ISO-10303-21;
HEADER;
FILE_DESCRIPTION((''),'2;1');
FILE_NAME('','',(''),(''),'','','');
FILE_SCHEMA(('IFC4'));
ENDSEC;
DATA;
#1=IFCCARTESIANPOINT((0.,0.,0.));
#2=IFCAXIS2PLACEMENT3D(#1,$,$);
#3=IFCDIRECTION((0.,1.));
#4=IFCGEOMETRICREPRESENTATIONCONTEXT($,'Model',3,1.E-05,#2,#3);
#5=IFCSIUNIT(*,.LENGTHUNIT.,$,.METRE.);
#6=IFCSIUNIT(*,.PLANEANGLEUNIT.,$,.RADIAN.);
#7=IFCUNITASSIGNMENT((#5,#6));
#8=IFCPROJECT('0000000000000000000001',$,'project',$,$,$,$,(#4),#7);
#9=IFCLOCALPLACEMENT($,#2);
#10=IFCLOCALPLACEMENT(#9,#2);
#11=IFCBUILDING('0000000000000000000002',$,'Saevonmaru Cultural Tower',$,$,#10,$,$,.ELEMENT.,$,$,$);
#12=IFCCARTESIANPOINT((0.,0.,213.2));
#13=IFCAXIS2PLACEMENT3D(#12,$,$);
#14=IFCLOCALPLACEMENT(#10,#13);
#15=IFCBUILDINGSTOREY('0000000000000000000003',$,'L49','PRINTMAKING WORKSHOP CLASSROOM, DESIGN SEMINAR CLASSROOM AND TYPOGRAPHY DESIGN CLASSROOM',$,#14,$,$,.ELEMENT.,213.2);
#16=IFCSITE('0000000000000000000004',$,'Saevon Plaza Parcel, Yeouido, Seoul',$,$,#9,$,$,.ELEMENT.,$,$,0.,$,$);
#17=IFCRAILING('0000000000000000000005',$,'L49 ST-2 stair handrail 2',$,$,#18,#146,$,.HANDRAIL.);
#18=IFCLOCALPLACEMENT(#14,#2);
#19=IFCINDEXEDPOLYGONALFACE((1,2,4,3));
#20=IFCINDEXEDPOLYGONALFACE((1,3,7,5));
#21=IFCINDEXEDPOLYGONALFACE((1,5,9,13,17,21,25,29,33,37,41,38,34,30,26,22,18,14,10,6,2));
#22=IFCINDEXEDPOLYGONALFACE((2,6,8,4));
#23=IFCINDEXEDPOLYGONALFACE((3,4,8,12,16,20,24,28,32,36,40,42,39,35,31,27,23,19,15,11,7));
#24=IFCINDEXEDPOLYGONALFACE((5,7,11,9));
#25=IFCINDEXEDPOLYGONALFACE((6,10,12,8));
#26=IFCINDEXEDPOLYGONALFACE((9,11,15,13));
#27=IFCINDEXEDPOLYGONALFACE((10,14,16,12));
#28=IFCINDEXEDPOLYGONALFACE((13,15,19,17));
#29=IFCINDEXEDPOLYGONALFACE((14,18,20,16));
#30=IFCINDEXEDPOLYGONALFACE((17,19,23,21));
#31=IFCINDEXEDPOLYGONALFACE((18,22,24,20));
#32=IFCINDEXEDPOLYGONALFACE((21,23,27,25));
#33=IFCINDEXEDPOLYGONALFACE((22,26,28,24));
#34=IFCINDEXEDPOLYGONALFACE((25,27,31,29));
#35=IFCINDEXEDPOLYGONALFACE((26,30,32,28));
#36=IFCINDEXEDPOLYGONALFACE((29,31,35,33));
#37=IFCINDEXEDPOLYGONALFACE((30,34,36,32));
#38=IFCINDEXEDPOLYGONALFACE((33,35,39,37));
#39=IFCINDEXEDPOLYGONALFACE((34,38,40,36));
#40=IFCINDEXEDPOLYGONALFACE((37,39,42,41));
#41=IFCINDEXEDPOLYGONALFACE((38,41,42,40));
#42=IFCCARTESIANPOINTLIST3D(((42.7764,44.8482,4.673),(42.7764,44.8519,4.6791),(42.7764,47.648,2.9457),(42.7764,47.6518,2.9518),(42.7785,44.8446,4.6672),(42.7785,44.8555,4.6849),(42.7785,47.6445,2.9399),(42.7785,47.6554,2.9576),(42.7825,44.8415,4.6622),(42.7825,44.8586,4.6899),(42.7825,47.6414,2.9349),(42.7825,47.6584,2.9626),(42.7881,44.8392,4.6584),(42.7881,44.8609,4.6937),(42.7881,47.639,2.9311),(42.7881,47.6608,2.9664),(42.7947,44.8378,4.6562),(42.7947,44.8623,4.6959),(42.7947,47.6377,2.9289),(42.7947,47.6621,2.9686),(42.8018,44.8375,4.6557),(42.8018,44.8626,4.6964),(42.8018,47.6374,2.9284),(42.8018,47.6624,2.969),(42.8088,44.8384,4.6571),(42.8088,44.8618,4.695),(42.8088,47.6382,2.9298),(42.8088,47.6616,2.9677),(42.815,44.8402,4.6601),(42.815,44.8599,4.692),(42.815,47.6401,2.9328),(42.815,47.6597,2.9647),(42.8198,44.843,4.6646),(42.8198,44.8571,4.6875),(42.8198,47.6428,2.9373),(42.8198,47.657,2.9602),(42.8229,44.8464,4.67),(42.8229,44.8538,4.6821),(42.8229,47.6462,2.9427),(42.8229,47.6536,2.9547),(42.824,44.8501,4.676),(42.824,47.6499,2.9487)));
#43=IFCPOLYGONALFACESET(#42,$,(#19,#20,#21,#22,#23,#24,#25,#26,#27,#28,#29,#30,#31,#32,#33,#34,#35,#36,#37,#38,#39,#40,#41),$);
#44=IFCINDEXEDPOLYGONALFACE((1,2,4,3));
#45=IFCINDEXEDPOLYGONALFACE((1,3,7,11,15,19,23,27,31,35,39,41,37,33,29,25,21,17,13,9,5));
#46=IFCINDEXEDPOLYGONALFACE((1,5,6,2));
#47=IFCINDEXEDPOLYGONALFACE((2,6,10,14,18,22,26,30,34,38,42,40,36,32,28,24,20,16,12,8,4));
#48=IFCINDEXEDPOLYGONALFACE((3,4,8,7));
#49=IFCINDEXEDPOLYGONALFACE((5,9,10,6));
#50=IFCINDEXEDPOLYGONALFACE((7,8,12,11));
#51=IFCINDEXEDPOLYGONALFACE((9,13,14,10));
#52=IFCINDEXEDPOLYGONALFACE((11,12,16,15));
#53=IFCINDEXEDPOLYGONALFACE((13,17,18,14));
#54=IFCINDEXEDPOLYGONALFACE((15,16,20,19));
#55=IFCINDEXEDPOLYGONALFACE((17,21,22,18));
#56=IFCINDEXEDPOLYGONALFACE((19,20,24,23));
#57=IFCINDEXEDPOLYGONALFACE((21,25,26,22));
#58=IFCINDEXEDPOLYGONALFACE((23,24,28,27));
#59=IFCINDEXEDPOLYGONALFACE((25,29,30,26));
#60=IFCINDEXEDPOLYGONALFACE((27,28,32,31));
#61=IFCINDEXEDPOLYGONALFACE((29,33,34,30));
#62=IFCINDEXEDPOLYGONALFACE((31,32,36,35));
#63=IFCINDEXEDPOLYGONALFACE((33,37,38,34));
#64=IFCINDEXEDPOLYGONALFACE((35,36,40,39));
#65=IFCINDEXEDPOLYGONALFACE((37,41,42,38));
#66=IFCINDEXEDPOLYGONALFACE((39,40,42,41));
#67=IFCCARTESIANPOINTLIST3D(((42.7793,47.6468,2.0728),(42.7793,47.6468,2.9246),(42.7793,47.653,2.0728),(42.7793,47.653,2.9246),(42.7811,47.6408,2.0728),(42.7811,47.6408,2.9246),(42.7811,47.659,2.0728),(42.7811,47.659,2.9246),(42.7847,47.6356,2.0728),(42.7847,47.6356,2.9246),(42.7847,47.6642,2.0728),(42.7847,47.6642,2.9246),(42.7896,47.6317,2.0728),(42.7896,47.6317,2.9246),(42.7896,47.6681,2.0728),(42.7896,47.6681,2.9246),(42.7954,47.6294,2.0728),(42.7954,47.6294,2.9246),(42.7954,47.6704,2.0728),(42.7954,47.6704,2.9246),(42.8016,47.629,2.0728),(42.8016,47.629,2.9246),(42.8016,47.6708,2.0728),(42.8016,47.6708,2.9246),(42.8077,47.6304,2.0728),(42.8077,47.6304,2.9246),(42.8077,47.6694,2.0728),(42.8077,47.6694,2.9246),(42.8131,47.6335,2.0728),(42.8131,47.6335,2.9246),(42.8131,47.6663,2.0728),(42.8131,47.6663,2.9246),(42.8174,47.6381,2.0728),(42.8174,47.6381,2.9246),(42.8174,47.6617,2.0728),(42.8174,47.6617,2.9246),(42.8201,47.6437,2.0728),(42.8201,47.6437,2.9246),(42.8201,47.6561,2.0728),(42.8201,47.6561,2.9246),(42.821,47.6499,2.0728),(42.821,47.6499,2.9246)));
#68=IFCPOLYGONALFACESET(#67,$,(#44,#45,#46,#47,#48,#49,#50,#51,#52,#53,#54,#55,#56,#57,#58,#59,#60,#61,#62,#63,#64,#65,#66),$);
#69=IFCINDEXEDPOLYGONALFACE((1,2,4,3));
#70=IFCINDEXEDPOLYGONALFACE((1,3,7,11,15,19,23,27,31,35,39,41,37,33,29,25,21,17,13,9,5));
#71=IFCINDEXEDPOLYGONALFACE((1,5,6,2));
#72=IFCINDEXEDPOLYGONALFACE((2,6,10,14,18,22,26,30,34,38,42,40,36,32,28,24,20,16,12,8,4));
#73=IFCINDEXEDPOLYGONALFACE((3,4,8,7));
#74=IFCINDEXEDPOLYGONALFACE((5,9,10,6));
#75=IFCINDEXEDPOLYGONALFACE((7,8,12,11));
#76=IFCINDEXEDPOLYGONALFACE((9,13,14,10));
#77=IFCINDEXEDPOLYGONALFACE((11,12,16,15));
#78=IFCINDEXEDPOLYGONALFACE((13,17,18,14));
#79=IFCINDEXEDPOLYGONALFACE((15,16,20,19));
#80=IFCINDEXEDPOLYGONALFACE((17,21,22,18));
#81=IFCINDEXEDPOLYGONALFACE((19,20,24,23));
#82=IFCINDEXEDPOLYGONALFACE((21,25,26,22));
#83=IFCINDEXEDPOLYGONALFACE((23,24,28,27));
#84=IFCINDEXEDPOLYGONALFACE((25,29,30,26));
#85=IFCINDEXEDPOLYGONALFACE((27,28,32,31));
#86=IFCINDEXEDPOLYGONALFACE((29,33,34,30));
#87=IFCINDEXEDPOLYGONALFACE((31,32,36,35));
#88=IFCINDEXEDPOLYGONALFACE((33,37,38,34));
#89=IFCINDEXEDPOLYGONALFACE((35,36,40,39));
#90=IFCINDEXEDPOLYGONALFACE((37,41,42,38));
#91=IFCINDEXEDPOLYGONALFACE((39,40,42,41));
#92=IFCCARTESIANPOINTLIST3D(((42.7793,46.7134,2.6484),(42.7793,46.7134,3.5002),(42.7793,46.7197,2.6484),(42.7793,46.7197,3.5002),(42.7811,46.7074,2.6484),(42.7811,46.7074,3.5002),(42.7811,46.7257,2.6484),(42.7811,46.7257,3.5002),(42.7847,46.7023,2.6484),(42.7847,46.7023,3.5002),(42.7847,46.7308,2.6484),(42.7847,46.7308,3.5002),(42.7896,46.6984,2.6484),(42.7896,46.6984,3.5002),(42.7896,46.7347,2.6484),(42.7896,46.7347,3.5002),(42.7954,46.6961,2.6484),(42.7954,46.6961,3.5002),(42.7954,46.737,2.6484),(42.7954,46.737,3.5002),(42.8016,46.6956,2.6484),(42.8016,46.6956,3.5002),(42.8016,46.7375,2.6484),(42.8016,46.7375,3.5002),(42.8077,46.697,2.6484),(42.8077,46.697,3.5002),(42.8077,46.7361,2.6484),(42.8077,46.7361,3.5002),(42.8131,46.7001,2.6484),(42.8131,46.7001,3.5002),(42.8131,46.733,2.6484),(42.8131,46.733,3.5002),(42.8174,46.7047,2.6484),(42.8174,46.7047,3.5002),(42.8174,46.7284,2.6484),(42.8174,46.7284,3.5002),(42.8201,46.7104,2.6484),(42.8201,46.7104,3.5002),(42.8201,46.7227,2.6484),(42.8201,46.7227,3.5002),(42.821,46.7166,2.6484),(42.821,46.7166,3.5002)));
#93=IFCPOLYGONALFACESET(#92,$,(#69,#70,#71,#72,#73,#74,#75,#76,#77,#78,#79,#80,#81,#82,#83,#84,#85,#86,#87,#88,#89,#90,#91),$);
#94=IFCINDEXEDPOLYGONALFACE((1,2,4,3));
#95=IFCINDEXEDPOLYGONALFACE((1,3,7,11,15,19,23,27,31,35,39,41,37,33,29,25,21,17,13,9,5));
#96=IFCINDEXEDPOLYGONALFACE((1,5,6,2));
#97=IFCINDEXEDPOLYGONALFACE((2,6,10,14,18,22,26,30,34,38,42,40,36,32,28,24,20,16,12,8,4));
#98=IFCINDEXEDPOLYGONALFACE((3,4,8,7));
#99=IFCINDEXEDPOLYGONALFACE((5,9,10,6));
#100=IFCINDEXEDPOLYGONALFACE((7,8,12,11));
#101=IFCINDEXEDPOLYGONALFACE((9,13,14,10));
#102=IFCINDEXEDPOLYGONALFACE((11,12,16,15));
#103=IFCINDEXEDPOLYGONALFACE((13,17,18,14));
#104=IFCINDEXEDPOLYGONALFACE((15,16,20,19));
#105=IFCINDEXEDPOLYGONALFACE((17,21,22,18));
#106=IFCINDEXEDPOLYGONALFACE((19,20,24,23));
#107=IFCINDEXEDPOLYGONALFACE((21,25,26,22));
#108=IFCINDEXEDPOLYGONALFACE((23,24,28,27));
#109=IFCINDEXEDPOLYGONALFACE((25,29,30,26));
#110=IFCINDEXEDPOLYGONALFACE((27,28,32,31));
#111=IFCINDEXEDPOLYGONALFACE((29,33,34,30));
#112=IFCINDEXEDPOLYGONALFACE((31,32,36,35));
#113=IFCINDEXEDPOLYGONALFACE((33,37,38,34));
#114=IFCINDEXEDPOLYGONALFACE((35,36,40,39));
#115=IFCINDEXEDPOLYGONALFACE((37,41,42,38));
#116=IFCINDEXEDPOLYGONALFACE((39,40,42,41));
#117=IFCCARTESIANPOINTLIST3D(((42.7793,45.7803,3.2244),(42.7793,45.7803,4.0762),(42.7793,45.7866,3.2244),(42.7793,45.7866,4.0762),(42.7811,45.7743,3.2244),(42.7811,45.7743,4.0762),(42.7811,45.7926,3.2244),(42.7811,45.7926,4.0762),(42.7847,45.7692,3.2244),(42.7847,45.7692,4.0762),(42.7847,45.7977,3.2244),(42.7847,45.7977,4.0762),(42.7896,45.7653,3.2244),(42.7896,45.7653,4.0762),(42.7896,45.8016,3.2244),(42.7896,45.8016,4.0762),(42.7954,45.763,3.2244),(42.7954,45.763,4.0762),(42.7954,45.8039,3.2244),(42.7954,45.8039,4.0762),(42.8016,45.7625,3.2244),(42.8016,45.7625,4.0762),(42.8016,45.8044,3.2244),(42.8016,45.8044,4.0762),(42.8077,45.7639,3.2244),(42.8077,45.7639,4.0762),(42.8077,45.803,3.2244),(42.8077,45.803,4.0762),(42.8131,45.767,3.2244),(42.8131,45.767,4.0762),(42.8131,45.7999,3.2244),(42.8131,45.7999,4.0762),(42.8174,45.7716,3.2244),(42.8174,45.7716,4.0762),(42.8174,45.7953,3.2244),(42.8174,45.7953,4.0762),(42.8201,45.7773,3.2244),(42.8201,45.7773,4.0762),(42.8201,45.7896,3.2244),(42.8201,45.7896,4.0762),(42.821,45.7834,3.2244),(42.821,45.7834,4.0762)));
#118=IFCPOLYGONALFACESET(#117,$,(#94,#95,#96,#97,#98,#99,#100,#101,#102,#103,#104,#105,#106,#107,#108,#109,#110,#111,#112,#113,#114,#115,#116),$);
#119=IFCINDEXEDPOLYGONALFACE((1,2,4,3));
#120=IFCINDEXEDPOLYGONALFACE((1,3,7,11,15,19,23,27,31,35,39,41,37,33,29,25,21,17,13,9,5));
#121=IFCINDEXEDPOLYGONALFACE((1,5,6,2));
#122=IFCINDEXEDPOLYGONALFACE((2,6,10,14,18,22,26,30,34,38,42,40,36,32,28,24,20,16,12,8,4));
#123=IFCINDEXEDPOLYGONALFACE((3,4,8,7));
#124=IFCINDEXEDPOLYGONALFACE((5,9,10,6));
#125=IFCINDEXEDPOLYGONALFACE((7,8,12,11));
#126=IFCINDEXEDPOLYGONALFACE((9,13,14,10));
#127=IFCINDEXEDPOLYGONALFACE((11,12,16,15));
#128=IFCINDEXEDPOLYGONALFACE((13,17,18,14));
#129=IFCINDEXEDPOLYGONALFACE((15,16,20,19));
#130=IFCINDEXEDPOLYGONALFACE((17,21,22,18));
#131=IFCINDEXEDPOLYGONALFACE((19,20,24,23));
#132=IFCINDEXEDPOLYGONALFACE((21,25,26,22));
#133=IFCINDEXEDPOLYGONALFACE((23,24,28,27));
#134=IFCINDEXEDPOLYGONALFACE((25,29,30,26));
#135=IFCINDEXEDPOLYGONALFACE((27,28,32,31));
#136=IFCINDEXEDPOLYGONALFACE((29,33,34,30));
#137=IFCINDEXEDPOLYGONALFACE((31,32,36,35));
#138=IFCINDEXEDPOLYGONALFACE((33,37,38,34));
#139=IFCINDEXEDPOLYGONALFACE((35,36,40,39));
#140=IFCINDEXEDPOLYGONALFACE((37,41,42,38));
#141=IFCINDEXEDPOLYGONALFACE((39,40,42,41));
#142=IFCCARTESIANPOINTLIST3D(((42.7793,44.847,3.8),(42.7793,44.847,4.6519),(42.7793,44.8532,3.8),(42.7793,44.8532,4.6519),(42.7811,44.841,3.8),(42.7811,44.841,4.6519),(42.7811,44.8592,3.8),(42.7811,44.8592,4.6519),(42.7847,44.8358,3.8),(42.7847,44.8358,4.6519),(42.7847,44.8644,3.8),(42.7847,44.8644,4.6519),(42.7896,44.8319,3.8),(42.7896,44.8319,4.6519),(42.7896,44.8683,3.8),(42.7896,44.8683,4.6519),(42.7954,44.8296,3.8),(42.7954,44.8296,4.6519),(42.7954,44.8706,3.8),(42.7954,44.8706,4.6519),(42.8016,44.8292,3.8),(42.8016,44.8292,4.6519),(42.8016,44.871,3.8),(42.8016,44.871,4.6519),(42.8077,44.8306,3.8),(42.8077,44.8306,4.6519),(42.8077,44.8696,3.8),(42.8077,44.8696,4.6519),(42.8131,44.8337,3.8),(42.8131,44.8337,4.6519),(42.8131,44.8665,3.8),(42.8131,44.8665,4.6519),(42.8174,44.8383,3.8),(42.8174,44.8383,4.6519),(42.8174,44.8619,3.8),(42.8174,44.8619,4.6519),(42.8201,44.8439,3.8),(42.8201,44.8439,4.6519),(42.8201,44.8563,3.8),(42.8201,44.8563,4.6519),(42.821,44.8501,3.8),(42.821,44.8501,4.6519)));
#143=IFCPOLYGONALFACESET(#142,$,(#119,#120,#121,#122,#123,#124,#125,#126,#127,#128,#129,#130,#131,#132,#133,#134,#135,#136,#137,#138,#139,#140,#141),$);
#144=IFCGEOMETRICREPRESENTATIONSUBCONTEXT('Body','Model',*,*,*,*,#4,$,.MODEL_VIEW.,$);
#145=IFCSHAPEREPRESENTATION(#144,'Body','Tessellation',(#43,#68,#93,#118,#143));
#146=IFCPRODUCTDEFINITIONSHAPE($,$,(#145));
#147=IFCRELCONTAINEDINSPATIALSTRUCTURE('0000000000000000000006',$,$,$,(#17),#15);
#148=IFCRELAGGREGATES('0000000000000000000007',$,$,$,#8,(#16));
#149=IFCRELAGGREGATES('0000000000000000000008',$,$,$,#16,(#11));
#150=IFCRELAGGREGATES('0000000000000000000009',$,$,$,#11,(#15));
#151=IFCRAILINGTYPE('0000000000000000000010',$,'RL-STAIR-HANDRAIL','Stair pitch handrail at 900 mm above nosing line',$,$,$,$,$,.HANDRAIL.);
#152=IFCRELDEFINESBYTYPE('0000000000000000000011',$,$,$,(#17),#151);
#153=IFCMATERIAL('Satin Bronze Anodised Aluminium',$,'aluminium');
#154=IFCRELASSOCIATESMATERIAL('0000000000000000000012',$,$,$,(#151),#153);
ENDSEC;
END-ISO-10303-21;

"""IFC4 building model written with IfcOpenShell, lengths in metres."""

from ifc_helpers import new_model, si_unit, direction, frame, origin, origin_2d, place, context, subcontext, project, spatial, circle, extrude, material, type_object, element, save


model = new_model("IFC4")

# Units and contexts
model_context = context("Model", 3, precision=1e-05, world=origin(), true_north=direction((0.0, 1.0)))
body_context = subcontext(model_context, "Body", "Model", "MODEL_VIEW")
ifc_project = project(units=[si_unit("LENGTHUNIT", "METRE"), si_unit("PLANEANGLEUNIT", "RADIAN")], contexts=[model_context])

# Site, building, storey
site_placement = place(None, origin())
site = spatial("IfcSite", under=ifc_project, at=site_placement, Name="Saevon Plaza Parcel, Yeouido, Seoul", CompositionType="ELEMENT", RefElevation=0.0)
building_placement = place(site_placement, origin())
building = spatial("IfcBuilding", under=site, at=building_placement, Name="Saevonmaru Cultural Tower", CompositionType="ELEMENT")
storey_placement = place(building_placement, frame((0.0, 0.0, 213.2)))
storey = spatial("IfcBuildingStorey", under=building, at=storey_placement, Name="L49", Description="PRINTMAKING WORKSHOP CLASSROOM, DESIGN SEMINAR CLASSROOM AND TYPOGRAPHY DESIGN CLASSROOM", CompositionType="ELEMENT", Elevation=213.2)

# Shared definitions
ifc_material_1 = material(Name="Satin Bronze Anodised Aluminium", Category="aluminium")

# Railing
railing_type_1 = type_object("IfcRailingType", Name="RL-STAIR-HANDRAIL", Description="Stair pitch handrail at 900 mm above nosing line", PredefinedType="HANDRAIL", material=ifc_material_1)
railing_1_placement = place(storey_placement, frame((42.8, 47.6499, 2.0728)))
element("IfcRailing", 1, at=railing_1_placement, inside=storey, type_object=railing_type_1, Name="L49 ST-2 stair handrail 2", PredefinedType="HANDRAIL", context=body_context, shape_type="SweptSolid", body=[
    extrude(circle(Radius=0.0239, at=origin_2d()), frame((0.0, 0.0, 0.876), z_axis=(0.0, -0.851069, 0.525054), x_axis=(1.0, 0.0, 0.0)), (0.0, 0.0, 1.0), 3.2898),
    extrude(circle(Radius=0.021, at=origin_2d()), origin(), (0.0, 0.0, 1.0), 0.8518),
    extrude(circle(Radius=0.021, at=origin_2d()), frame((0.0, -0.9333, 0.5757)), (0.0, 0.0, 1.0), 0.8518),
    extrude(circle(Radius=0.021, at=origin_2d()), frame((0.0, -1.8665, 1.1516)), (0.0, 0.0, 1.0), 0.8518),
    extrude(circle(Radius=0.021, at=origin_2d()), frame((0.0, -2.7998, 1.7273)), (0.0, 0.0, 1.0), 0.8518),
])

save(model, "model.ifc")
